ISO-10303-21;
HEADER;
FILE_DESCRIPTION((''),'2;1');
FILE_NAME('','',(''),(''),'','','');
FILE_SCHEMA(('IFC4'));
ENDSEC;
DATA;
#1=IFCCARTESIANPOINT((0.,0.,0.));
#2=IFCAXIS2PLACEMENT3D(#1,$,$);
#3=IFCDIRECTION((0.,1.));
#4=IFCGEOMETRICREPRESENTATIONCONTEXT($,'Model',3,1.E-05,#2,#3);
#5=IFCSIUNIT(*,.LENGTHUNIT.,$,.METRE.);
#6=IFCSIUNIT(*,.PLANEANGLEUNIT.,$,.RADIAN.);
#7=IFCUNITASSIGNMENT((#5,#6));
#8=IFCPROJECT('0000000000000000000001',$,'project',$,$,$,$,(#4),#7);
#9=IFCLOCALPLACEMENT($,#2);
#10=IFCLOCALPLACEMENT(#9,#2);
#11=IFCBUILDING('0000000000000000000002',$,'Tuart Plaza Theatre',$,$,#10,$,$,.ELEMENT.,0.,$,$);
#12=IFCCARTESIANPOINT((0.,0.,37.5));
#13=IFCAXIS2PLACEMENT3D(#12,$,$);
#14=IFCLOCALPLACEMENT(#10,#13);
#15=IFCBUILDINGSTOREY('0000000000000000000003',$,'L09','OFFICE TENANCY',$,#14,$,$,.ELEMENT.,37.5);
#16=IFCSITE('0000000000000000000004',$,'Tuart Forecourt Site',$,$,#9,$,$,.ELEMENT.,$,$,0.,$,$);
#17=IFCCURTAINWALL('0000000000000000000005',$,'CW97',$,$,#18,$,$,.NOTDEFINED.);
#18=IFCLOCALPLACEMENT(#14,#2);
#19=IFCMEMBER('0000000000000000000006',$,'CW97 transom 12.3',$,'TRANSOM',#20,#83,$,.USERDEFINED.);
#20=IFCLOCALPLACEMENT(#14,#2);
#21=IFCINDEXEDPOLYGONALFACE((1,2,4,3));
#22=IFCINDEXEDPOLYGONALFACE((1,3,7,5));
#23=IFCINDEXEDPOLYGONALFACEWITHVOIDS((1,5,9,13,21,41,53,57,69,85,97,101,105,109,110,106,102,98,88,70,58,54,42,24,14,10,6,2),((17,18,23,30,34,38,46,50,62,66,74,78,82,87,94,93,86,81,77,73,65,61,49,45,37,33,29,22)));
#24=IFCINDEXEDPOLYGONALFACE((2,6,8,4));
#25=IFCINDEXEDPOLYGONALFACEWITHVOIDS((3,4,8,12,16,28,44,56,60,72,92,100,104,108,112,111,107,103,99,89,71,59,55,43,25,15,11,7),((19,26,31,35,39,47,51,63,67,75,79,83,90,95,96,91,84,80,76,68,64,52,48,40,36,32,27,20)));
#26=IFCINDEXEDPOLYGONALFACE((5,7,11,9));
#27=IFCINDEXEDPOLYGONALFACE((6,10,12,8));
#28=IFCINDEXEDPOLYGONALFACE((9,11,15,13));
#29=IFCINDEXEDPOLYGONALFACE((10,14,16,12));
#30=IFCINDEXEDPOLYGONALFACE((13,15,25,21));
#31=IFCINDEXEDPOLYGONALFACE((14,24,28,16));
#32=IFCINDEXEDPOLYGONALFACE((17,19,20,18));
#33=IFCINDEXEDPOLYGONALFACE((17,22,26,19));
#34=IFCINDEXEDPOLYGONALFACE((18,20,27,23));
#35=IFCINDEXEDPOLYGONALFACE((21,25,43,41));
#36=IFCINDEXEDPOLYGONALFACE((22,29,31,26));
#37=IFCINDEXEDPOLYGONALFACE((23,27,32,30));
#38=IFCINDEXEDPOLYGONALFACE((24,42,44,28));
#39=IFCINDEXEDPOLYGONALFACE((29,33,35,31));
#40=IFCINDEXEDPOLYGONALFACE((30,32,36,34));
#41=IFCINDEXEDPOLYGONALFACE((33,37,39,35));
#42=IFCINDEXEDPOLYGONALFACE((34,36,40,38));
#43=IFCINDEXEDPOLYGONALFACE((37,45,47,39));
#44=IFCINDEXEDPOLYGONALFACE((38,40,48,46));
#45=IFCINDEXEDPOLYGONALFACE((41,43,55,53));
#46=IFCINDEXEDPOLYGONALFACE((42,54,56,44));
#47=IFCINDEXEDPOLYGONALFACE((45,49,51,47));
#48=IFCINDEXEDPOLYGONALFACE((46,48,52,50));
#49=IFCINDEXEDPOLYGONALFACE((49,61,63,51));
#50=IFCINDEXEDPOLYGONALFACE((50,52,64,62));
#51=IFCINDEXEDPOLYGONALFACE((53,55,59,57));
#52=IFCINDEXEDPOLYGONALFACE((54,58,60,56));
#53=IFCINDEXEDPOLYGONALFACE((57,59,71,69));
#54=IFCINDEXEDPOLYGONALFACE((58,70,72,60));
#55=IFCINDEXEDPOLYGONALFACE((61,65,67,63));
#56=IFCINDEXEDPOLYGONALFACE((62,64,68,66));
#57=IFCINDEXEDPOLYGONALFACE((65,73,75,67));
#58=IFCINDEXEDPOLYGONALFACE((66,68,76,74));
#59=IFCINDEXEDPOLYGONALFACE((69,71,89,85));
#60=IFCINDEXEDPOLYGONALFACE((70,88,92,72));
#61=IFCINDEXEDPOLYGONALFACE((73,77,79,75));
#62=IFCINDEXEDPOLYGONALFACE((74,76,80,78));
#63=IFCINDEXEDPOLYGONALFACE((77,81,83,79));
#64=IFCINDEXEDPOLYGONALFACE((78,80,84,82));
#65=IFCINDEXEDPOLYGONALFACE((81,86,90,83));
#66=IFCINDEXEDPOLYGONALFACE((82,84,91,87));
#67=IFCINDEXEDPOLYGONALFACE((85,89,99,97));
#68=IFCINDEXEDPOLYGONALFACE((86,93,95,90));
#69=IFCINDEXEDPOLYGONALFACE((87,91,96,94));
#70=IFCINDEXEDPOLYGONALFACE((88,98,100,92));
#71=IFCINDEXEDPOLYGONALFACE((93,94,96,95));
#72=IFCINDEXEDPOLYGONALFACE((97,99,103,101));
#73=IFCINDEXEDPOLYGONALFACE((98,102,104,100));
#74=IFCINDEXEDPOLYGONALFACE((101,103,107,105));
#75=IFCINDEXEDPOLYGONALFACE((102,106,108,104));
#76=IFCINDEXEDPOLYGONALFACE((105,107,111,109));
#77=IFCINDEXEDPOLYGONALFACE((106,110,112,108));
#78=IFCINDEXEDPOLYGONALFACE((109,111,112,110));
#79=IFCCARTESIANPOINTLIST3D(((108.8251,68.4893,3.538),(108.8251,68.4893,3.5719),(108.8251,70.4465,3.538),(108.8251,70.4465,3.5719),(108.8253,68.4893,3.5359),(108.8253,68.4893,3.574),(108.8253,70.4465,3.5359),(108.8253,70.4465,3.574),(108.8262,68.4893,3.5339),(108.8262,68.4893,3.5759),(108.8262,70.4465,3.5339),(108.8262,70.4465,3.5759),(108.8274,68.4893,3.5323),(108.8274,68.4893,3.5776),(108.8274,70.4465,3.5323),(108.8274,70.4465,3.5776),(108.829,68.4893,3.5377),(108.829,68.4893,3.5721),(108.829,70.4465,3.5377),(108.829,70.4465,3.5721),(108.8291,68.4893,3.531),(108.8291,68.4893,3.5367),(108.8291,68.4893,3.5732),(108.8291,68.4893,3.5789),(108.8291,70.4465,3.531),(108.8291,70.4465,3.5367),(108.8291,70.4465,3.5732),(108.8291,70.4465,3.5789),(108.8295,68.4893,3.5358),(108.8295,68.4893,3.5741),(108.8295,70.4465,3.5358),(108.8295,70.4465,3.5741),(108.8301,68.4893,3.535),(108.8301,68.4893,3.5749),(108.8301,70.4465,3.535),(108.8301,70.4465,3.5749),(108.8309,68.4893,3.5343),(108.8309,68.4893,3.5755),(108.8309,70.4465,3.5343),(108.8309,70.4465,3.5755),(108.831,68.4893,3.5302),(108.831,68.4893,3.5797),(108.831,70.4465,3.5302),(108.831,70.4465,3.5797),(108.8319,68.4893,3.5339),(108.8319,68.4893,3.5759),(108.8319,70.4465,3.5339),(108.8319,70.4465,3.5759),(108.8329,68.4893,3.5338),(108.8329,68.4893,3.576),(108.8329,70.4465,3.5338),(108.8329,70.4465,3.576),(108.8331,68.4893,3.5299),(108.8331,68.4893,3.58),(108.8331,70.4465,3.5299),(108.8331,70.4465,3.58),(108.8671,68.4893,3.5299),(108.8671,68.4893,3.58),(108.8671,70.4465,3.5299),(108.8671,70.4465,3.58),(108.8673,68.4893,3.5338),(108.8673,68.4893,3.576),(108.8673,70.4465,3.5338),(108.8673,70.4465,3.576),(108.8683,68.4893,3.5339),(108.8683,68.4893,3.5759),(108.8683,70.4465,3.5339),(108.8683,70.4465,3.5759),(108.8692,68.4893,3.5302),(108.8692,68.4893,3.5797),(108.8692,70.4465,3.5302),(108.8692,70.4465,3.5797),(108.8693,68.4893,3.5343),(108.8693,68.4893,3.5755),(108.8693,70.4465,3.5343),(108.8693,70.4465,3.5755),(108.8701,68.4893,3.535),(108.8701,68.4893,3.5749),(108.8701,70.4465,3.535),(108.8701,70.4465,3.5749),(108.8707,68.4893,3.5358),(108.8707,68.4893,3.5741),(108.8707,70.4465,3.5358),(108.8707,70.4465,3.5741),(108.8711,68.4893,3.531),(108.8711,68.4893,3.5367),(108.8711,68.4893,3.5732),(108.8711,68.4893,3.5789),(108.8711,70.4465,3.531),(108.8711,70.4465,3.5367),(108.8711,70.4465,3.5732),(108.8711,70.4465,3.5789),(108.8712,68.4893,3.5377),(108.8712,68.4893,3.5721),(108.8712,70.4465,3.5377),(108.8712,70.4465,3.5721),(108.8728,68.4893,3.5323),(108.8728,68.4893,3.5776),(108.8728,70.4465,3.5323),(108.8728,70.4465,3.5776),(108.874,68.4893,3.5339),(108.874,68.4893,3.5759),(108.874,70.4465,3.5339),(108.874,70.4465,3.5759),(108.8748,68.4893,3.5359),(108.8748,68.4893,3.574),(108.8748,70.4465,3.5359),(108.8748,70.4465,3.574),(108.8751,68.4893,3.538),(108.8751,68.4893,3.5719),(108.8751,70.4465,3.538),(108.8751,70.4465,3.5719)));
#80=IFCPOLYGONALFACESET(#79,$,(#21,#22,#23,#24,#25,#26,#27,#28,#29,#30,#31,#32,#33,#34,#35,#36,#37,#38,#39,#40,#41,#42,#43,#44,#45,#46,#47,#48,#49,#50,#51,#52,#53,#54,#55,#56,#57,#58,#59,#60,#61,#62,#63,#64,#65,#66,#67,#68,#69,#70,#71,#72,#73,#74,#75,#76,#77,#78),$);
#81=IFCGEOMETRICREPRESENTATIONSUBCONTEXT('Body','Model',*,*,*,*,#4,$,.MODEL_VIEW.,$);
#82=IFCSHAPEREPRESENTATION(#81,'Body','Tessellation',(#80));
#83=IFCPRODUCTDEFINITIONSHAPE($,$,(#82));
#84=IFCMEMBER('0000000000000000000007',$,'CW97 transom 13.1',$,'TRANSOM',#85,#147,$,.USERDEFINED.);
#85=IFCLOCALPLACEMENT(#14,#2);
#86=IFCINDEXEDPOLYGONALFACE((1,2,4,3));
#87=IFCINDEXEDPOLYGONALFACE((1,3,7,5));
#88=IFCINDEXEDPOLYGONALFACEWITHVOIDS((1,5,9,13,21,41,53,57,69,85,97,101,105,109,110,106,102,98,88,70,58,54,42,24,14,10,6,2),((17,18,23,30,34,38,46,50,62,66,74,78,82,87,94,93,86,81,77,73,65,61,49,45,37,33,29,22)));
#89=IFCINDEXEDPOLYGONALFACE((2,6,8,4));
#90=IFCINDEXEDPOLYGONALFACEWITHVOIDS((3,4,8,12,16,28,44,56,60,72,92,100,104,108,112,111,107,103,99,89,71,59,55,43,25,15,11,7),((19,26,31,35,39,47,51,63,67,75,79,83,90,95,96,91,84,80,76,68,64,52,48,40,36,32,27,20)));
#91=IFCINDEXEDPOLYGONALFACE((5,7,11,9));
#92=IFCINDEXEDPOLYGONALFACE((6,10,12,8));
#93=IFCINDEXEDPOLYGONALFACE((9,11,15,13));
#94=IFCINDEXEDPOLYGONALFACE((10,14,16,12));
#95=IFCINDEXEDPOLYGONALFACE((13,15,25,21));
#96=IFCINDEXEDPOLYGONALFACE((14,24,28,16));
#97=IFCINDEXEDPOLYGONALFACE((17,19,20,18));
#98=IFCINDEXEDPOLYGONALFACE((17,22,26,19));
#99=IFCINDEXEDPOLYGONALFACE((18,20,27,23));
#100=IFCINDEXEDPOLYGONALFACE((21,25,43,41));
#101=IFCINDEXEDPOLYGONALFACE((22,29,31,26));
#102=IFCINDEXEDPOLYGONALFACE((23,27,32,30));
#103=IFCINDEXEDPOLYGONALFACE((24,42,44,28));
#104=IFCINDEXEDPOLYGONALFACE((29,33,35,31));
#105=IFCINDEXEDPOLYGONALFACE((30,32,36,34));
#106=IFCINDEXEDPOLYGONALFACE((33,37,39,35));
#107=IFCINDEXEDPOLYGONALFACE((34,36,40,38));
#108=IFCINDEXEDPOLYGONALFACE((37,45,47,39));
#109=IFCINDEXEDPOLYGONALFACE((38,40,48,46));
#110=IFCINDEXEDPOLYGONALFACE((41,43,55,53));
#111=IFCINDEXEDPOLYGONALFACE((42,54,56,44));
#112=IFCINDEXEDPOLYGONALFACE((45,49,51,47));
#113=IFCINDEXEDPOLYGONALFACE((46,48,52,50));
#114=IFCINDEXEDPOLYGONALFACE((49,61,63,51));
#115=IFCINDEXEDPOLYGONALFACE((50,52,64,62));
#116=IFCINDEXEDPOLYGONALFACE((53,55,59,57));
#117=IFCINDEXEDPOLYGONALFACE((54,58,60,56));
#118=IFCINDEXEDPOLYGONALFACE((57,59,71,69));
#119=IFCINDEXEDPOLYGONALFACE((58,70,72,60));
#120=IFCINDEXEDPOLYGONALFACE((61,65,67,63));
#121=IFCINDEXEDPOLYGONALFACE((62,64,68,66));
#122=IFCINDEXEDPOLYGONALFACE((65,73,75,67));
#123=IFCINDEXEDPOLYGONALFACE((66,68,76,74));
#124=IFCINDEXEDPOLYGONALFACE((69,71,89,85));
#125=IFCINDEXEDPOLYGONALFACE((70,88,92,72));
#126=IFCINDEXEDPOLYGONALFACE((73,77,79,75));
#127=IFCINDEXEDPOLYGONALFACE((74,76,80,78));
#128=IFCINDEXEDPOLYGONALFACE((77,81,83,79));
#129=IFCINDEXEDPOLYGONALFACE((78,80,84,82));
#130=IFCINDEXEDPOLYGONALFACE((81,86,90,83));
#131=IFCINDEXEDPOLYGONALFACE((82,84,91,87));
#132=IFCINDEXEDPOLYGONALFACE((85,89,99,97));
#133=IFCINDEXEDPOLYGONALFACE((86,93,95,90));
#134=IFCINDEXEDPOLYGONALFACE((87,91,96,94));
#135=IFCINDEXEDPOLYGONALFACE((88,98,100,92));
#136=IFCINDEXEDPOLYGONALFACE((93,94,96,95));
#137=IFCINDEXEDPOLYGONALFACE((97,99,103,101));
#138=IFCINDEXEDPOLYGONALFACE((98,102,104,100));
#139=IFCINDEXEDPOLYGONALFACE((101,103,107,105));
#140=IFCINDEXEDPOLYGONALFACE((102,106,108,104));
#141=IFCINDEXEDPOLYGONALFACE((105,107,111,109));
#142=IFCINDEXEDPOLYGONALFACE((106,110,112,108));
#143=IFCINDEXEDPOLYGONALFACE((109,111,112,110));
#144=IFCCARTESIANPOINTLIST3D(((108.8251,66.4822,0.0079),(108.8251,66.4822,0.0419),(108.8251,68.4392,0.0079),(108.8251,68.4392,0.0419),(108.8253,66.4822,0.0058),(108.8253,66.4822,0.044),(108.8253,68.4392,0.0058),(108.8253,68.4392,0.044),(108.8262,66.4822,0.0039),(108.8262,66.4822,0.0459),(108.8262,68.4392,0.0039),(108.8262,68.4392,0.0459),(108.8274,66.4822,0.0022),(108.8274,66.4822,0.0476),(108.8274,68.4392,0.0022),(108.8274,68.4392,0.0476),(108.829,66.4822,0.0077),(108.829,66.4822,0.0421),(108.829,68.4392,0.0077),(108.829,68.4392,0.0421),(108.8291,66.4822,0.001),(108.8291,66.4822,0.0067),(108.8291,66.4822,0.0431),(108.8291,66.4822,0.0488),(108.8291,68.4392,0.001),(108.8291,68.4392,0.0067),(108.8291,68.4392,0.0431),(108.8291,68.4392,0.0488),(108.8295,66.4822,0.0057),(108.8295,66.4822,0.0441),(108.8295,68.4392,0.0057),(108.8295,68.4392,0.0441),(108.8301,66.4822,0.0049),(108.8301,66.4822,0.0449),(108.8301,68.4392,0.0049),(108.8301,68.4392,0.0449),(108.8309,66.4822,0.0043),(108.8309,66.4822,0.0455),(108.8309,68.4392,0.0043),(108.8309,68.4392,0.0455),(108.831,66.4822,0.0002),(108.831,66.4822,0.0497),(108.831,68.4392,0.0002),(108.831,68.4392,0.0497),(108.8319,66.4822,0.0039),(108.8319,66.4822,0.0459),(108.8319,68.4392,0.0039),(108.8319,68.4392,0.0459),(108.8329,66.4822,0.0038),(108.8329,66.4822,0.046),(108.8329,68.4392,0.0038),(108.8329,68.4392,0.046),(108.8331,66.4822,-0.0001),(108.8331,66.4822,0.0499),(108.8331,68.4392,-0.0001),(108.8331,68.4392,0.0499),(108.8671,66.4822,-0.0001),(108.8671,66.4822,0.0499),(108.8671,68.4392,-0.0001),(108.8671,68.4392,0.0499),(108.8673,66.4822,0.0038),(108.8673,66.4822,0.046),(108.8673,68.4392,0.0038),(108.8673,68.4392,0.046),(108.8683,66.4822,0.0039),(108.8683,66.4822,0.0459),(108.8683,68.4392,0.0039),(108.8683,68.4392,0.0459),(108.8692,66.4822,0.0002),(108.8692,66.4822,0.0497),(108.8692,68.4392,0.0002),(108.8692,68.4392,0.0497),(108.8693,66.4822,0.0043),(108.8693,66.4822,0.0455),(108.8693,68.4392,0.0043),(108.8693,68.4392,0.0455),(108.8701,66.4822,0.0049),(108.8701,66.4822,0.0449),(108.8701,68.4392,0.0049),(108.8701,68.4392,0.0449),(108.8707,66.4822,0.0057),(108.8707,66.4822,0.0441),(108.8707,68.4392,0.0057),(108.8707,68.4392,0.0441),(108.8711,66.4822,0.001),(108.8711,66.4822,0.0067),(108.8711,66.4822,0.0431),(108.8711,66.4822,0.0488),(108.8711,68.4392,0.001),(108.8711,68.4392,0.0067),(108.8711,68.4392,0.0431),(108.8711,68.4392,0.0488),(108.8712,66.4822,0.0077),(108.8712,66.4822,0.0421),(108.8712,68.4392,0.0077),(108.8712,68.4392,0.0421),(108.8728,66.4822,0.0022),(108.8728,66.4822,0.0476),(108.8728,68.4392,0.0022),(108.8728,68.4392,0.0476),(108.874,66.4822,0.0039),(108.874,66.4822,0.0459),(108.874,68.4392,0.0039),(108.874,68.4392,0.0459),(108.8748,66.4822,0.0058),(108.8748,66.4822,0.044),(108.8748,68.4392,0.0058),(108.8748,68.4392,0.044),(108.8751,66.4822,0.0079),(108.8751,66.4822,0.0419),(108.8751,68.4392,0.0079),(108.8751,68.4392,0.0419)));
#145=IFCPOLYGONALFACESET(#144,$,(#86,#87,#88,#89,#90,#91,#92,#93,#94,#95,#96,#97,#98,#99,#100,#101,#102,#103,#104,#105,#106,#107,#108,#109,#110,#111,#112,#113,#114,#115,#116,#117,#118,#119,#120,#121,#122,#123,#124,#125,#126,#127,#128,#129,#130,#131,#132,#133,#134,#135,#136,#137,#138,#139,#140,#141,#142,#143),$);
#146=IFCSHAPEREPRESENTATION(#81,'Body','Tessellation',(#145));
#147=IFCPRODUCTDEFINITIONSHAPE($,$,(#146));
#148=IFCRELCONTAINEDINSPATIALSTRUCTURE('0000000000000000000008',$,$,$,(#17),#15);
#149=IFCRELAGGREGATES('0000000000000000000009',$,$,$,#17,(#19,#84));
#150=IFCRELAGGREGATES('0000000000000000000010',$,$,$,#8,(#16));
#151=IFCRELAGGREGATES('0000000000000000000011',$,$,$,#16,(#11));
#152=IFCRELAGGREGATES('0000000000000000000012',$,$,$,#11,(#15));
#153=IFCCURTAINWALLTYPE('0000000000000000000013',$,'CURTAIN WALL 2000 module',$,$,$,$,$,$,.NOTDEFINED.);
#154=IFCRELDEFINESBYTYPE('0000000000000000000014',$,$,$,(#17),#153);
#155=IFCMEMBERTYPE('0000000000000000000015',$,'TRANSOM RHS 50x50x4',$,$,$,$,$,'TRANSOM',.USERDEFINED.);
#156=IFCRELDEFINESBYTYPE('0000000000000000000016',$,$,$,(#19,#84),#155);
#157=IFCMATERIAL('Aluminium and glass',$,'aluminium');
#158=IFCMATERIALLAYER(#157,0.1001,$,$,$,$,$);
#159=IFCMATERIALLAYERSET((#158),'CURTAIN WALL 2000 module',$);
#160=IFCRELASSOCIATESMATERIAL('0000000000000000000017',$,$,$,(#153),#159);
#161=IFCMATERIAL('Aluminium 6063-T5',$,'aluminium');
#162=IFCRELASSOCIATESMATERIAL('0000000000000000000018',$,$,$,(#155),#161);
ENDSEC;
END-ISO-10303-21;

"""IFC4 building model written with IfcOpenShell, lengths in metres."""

from ifc_helpers import new_model, si_unit, direction, frame, origin, origin_2d, place, context, subcontext, project, spatial, hollow_rectangle, extrude, material, layer, layer_set, material_profile, profile_set, type_object, element, aggregate, save


model = new_model("IFC4")

# Units and contexts
model_context = context("Model", 3, precision=1e-05, world=origin(), true_north=direction((0.0, 1.0)))
body_context = subcontext(model_context, "Body", "Model", "MODEL_VIEW")
ifc_project = project(units=[si_unit("LENGTHUNIT", "METRE"), si_unit("PLANEANGLEUNIT", "RADIAN")], contexts=[model_context])

# Site, building, storey
site_placement = place(None, origin())
site = spatial("IfcSite", under=ifc_project, at=site_placement, Name="Tuart Forecourt Site", CompositionType="ELEMENT", RefElevation=0.0)
building_placement = place(site_placement, origin())
building = spatial("IfcBuilding", under=site, at=building_placement, Name="Tuart Plaza Theatre", CompositionType="ELEMENT", ElevationOfRefHeight=0.0)
storey_placement = place(building_placement, frame((0.0, 0.0, 37.5)))
storey = spatial("IfcBuildingStorey", under=building, at=storey_placement, Name="L09", Description="OFFICE TENANCY", CompositionType="ELEMENT", Elevation=37.5)

# Curtain wall, members
ifc_material_1 = material(Name="Aluminium and glass", Category="aluminium")
ifc_layer_1 = layer(ifc_material_1, 0.1001)
ifc_layer_set_1 = layer_set([ifc_layer_1], Name="CURTAIN WALL 2000 module")
curtain_wall_type = type_object("IfcCurtainWallType", Name="CURTAIN WALL 2000 module", PredefinedType="NOTDEFINED", material=ifc_layer_set_1)
curtain_wall_1_placement = place(storey_placement, origin())
curtain_wall_1 = element("IfcCurtainWall", 1, at=curtain_wall_1_placement, inside=storey, type_object=curtain_wall_type, Name="CW97", PredefinedType="NOTDEFINED")
ifc_material_2 = material(Name="Aluminium 6063-T5", Category="aluminium")
ifc_material_profile_1 = material_profile(ifc_material_2, hollow_rectangle(XDim=0.05, YDim=0.05, WallThickness=0.0039, InnerFilletRadius=0.0039, OuterFilletRadius=0.0081, at=origin_2d()), Name="RHS 50x50x4")
ifc_profile_set_1 = profile_set([ifc_material_profile_1], Name="Aluminium 6063-T5")
member_type = type_object("IfcMemberType", Name="TRANSOM RHS 50x50x4", ElementType="TRANSOM", PredefinedType="USERDEFINED", material=ifc_profile_set_1)
member_1_placement = place(storey_placement, frame((108.8501, 70.4465, 3.5549), z_axis=(0.0, -1.0, 0.0), x_axis=(1.0, 0.0, 0.0)))
member_1 = element("IfcMember", 2, at=member_1_placement, type_object=member_type, Name="CW97 transom 12.3", ObjectType="TRANSOM", PredefinedType="USERDEFINED", context=body_context, shape_type="SweptSolid", body=[
    extrude(hollow_rectangle(XDim=0.05, YDim=0.05, WallThickness=0.0039, InnerFilletRadius=0.0039, OuterFilletRadius=0.0081, at=origin_2d()), origin(), (0.0, 0.0, 1.0), 1.9573),
])
member_2_placement = place(storey_placement, frame((108.8501, 68.4392, 0.0249), z_axis=(0.0, -1.0, 0.0), x_axis=(1.0, 0.0, 0.0)))
member_2 = element("IfcMember", 3, at=member_2_placement, type_object=member_type, Name="CW97 transom 13.1", ObjectType="TRANSOM", PredefinedType="USERDEFINED", context=body_context, shape_type="SweptSolid", body=[
    extrude(hollow_rectangle(XDim=0.05, YDim=0.05, WallThickness=0.0039, InnerFilletRadius=0.0039, OuterFilletRadius=0.0081, at=origin_2d()), origin(), (0.0, 0.0, 1.0), 1.957),
])
aggregate(curtain_wall_1, [member_1, member_2])

save(model, "model.ifc")
